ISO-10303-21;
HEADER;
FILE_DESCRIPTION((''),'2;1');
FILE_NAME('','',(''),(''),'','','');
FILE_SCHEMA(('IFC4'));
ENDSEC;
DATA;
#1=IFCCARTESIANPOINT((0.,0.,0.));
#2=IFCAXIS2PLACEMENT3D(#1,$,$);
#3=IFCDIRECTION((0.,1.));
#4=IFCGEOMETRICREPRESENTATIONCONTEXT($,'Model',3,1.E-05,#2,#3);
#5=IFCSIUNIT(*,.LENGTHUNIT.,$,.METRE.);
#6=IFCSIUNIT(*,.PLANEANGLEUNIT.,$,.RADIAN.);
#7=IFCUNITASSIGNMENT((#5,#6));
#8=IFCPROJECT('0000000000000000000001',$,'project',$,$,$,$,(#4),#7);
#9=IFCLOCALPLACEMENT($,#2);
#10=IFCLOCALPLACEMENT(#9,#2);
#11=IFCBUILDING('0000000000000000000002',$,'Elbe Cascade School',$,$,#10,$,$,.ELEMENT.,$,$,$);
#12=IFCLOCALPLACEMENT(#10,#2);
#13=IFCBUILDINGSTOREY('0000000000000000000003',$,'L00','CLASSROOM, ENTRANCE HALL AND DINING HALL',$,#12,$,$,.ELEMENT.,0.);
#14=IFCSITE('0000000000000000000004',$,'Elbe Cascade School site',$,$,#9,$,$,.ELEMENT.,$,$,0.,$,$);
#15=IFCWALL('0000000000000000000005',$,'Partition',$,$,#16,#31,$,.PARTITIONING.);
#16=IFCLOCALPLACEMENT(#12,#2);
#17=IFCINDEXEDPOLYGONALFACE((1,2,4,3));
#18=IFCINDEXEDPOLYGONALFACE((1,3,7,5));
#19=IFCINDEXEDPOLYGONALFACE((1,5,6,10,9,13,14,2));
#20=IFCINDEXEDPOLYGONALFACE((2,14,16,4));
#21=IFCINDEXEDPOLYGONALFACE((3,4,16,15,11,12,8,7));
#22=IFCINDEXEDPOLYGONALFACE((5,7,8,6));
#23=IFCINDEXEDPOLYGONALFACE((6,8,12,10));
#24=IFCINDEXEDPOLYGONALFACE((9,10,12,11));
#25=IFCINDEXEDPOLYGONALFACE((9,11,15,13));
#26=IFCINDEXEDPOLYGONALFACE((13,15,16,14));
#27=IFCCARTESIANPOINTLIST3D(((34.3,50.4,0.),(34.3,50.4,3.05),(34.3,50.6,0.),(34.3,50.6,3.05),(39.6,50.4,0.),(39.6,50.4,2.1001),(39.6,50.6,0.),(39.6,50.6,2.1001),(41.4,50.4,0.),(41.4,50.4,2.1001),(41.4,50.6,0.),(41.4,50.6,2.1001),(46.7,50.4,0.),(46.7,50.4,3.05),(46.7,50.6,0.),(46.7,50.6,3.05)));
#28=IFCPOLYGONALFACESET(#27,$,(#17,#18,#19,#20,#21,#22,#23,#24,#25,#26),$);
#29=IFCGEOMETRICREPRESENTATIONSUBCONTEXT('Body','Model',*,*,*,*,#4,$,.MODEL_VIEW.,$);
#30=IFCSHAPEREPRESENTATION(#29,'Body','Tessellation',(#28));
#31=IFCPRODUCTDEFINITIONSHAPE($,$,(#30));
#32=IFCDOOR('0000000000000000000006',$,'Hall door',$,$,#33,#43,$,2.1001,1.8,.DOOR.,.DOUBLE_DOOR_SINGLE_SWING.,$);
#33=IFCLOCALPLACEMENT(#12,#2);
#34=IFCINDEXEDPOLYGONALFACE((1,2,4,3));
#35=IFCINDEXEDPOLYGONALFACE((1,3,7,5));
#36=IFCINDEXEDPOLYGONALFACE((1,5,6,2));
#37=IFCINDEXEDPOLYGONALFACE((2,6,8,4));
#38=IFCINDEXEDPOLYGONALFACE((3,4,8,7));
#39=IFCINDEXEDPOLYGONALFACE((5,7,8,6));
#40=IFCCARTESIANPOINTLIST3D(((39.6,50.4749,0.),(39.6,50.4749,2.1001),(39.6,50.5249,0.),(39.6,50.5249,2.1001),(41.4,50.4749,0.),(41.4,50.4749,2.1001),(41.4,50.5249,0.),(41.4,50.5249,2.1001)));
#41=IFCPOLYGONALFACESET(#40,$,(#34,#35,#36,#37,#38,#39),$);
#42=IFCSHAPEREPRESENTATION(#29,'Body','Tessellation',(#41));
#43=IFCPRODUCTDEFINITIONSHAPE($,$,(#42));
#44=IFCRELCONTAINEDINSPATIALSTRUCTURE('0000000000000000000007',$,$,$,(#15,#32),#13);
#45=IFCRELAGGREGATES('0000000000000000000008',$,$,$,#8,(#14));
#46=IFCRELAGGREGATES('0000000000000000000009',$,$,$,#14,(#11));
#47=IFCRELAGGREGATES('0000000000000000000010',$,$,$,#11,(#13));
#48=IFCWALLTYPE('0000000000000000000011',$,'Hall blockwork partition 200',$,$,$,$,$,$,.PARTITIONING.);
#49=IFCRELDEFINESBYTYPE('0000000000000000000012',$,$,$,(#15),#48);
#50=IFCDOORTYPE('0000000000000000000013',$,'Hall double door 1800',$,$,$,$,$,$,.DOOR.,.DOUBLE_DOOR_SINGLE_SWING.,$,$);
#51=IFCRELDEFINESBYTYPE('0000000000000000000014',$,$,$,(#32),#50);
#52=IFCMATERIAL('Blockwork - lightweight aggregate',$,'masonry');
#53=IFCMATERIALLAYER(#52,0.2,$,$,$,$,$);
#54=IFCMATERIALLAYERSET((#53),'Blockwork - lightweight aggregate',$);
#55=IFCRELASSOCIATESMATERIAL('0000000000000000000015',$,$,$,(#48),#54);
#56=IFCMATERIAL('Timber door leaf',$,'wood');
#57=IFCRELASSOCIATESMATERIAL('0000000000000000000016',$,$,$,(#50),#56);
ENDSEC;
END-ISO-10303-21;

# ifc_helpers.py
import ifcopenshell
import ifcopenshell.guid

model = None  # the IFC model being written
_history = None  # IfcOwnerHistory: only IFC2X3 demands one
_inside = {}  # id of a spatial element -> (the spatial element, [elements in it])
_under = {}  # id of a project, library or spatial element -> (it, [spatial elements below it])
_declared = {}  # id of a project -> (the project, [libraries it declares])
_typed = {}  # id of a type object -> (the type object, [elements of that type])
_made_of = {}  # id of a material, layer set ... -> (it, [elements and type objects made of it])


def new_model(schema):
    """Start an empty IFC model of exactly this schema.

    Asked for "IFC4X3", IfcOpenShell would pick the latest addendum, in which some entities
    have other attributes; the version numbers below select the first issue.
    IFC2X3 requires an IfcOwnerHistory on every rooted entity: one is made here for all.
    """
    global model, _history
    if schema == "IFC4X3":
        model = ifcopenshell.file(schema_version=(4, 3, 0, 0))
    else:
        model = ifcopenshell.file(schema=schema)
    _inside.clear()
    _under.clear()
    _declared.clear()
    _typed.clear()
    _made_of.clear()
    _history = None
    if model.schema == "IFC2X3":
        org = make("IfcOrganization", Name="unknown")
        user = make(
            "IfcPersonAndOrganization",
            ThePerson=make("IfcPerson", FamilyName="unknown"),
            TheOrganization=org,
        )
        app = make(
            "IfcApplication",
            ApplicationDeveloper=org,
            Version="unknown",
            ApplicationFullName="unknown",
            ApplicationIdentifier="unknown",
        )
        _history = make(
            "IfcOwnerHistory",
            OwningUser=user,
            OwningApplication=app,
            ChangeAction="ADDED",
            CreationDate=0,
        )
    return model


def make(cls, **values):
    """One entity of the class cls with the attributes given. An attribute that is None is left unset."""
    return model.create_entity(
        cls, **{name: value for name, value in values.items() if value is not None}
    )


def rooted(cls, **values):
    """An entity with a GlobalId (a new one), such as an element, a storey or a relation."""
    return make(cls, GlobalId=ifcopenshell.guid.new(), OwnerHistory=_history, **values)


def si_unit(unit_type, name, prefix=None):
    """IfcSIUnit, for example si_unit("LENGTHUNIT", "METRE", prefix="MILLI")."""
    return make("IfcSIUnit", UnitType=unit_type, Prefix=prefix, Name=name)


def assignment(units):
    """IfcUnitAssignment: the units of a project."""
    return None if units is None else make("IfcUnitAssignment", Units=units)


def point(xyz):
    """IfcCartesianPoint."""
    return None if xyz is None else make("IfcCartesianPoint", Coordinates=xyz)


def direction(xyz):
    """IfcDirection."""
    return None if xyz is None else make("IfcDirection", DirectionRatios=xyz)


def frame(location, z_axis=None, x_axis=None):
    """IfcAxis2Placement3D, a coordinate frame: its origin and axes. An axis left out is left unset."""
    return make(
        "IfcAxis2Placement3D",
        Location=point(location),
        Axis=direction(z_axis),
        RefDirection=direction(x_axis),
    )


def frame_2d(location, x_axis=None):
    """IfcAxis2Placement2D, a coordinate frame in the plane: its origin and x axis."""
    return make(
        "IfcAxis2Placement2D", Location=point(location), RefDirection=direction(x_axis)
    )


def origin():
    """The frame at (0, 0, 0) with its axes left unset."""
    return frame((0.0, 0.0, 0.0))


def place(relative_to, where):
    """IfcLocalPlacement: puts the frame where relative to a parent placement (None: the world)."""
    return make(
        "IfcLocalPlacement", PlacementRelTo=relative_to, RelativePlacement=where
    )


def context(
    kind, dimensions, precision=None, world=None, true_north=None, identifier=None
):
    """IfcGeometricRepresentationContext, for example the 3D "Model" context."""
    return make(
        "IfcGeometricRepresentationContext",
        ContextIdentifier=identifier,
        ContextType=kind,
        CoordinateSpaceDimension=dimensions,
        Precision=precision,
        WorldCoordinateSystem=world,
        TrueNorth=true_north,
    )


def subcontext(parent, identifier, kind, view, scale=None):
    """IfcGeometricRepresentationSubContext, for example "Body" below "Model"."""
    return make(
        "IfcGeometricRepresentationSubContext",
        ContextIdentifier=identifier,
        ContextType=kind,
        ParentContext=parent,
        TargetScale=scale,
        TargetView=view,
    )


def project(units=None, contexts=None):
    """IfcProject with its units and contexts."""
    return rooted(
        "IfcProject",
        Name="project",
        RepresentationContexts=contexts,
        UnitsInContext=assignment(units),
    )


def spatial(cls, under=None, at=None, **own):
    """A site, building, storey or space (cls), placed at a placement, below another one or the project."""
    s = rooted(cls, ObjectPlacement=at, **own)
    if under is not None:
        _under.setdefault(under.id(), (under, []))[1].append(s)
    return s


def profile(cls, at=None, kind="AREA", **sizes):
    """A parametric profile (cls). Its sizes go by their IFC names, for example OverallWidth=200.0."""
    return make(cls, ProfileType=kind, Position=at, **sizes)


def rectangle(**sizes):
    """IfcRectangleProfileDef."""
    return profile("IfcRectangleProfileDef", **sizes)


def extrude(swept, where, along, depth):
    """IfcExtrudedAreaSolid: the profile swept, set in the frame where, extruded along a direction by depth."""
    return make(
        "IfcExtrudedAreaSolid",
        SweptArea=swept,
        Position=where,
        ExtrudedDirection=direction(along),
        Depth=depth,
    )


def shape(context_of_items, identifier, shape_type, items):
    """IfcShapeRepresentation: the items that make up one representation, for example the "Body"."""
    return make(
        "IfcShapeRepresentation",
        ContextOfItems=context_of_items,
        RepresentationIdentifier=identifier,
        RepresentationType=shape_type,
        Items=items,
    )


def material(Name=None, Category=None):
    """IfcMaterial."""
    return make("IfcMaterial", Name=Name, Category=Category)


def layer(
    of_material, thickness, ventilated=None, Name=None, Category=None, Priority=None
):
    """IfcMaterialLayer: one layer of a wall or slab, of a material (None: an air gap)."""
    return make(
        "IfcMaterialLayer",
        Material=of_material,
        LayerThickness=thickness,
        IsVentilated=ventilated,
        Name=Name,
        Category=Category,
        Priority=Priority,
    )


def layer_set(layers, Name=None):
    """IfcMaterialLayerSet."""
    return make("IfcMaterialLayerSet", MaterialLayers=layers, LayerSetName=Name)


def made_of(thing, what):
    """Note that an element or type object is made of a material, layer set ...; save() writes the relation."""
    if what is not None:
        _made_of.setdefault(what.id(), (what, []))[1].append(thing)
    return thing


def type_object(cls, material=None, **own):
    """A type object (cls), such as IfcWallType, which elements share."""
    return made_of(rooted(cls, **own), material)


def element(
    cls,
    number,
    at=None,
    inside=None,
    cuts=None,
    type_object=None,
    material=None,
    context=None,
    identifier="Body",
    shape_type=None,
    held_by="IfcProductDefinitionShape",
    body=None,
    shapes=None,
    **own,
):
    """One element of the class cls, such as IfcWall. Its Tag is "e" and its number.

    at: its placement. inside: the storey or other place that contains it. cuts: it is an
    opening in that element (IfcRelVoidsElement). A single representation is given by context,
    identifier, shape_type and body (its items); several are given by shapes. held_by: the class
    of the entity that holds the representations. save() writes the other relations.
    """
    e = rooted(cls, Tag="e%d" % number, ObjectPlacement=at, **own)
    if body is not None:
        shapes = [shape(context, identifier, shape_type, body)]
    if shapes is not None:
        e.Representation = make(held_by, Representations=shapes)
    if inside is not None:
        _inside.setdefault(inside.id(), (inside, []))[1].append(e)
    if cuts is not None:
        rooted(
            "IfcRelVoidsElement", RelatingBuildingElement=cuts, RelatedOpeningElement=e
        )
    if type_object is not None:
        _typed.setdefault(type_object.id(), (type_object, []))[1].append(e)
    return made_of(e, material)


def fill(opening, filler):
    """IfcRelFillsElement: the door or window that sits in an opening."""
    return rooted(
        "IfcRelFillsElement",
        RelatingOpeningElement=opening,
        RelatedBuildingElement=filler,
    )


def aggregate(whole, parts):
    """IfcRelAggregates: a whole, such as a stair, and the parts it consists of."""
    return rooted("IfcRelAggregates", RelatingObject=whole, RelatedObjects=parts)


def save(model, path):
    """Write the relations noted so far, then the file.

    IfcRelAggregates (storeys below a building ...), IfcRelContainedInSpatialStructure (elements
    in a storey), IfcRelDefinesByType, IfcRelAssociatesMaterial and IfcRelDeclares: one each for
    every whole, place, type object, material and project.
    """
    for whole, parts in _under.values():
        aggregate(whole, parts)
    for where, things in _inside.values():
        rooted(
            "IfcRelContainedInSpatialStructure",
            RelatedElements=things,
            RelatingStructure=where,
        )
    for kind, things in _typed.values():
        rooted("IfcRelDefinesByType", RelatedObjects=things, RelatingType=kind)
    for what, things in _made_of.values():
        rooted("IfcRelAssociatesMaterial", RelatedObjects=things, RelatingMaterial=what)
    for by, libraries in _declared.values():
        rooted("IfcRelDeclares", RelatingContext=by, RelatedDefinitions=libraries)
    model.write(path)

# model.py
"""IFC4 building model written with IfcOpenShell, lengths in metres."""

from ifc_helpers import new_model, si_unit, direction, frame, frame_2d, origin, place, context, subcontext, project, spatial, rectangle, extrude, material, layer, layer_set, type_object, element, fill, save


model = new_model("IFC4")

# Units and contexts
model_context = context("Model", 3, precision=1e-05, world=origin(), true_north=direction((0.0, 1.0)))
body_context = subcontext(model_context, "Body", "Model", "MODEL_VIEW")
ifc_project = project(units=[si_unit("LENGTHUNIT", "METRE"), si_unit("PLANEANGLEUNIT", "RADIAN")], contexts=[model_context])

# Site, building, storey
site_placement = place(None, origin())
site = spatial("IfcSite", under=ifc_project, at=site_placement, Name="Elbe Cascade School site", CompositionType="ELEMENT", RefElevation=0.0)
building_placement = place(site_placement, origin())
building = spatial("IfcBuilding", under=site, at=building_placement, Name="Elbe Cascade School", CompositionType="ELEMENT")
storey_placement = place(building_placement, origin())
storey = spatial("IfcBuildingStorey", under=building, at=storey_placement, Name="L00", Description="CLASSROOM, ENTRANCE HALL AND DINING HALL", CompositionType="ELEMENT", Elevation=0.0)

# Wall, opening, door
ifc_material_1 = material(Name="Blockwork - lightweight aggregate", Category="masonry")
ifc_layer_1 = layer(ifc_material_1, 0.2)
ifc_layer_set_1 = layer_set([ifc_layer_1], Name="Blockwork - lightweight aggregate")
wall_type = type_object("IfcWallType", Name="Hall blockwork partition 200", PredefinedType="PARTITIONING", material=ifc_layer_set_1)
wall_placement = place(storey_placement, frame((34.3, 50.5, 0.0), z_axis=(0.0, 0.0, 1.0), x_axis=(1.0, 0.0, 0.0)))
wall = element("IfcWall", 1, at=wall_placement, inside=storey, type_object=wall_type, Name="Partition", PredefinedType="PARTITIONING", context=body_context, shape_type="SweptSolid", body=[
    extrude(rectangle(XDim=12.3999, YDim=0.2, at=frame_2d((6.2, 0.0))), origin(), (0.0, 0.0, 1.0), 3.05),
])
opening_placement = place(wall_placement, frame((5.3, 0.0, 0.0)))
opening = element("IfcOpeningElement", 2, at=opening_placement, cuts=wall, PredefinedType="OPENING", context=body_context, shape_type="SweptSolid", body=[
    extrude(rectangle(XDim=1.8, YDim=2.1001, at=frame_2d((0.8999, 1.05))), frame((0.0, 0.1099, 0.0), z_axis=(0.0, -1.0, 0.0), x_axis=(1.0, 0.0, 0.0)), (0.0, 0.0, 1.0), 0.22),
])
ifc_material_2 = material(Name="Timber door leaf", Category="wood")
door_type = type_object("IfcDoorType", Name="Hall double door 1800", OperationType="DOUBLE_DOOR_SINGLE_SWING", PredefinedType="DOOR", material=ifc_material_2)
door_placement = place(opening_placement, origin())
door = element("IfcDoor", 3, at=door_placement, inside=storey, type_object=door_type, Name="Hall door", OperationType="DOUBLE_DOOR_SINGLE_SWING", OverallHeight=2.1001, OverallWidth=1.8, PredefinedType="DOOR", context=body_context, shape_type="SweptSolid", body=[
    extrude(rectangle(XDim=1.8, YDim=2.1001, at=frame_2d((0.8999, 1.05))), frame((0.0, 0.0249, 0.0), z_axis=(0.0, -1.0, 0.0), x_axis=(1.0, 0.0, 0.0)), (0.0, 0.0, 1.0), 0.05),
])
fill(opening, door)

save(model, "model.ifc")
